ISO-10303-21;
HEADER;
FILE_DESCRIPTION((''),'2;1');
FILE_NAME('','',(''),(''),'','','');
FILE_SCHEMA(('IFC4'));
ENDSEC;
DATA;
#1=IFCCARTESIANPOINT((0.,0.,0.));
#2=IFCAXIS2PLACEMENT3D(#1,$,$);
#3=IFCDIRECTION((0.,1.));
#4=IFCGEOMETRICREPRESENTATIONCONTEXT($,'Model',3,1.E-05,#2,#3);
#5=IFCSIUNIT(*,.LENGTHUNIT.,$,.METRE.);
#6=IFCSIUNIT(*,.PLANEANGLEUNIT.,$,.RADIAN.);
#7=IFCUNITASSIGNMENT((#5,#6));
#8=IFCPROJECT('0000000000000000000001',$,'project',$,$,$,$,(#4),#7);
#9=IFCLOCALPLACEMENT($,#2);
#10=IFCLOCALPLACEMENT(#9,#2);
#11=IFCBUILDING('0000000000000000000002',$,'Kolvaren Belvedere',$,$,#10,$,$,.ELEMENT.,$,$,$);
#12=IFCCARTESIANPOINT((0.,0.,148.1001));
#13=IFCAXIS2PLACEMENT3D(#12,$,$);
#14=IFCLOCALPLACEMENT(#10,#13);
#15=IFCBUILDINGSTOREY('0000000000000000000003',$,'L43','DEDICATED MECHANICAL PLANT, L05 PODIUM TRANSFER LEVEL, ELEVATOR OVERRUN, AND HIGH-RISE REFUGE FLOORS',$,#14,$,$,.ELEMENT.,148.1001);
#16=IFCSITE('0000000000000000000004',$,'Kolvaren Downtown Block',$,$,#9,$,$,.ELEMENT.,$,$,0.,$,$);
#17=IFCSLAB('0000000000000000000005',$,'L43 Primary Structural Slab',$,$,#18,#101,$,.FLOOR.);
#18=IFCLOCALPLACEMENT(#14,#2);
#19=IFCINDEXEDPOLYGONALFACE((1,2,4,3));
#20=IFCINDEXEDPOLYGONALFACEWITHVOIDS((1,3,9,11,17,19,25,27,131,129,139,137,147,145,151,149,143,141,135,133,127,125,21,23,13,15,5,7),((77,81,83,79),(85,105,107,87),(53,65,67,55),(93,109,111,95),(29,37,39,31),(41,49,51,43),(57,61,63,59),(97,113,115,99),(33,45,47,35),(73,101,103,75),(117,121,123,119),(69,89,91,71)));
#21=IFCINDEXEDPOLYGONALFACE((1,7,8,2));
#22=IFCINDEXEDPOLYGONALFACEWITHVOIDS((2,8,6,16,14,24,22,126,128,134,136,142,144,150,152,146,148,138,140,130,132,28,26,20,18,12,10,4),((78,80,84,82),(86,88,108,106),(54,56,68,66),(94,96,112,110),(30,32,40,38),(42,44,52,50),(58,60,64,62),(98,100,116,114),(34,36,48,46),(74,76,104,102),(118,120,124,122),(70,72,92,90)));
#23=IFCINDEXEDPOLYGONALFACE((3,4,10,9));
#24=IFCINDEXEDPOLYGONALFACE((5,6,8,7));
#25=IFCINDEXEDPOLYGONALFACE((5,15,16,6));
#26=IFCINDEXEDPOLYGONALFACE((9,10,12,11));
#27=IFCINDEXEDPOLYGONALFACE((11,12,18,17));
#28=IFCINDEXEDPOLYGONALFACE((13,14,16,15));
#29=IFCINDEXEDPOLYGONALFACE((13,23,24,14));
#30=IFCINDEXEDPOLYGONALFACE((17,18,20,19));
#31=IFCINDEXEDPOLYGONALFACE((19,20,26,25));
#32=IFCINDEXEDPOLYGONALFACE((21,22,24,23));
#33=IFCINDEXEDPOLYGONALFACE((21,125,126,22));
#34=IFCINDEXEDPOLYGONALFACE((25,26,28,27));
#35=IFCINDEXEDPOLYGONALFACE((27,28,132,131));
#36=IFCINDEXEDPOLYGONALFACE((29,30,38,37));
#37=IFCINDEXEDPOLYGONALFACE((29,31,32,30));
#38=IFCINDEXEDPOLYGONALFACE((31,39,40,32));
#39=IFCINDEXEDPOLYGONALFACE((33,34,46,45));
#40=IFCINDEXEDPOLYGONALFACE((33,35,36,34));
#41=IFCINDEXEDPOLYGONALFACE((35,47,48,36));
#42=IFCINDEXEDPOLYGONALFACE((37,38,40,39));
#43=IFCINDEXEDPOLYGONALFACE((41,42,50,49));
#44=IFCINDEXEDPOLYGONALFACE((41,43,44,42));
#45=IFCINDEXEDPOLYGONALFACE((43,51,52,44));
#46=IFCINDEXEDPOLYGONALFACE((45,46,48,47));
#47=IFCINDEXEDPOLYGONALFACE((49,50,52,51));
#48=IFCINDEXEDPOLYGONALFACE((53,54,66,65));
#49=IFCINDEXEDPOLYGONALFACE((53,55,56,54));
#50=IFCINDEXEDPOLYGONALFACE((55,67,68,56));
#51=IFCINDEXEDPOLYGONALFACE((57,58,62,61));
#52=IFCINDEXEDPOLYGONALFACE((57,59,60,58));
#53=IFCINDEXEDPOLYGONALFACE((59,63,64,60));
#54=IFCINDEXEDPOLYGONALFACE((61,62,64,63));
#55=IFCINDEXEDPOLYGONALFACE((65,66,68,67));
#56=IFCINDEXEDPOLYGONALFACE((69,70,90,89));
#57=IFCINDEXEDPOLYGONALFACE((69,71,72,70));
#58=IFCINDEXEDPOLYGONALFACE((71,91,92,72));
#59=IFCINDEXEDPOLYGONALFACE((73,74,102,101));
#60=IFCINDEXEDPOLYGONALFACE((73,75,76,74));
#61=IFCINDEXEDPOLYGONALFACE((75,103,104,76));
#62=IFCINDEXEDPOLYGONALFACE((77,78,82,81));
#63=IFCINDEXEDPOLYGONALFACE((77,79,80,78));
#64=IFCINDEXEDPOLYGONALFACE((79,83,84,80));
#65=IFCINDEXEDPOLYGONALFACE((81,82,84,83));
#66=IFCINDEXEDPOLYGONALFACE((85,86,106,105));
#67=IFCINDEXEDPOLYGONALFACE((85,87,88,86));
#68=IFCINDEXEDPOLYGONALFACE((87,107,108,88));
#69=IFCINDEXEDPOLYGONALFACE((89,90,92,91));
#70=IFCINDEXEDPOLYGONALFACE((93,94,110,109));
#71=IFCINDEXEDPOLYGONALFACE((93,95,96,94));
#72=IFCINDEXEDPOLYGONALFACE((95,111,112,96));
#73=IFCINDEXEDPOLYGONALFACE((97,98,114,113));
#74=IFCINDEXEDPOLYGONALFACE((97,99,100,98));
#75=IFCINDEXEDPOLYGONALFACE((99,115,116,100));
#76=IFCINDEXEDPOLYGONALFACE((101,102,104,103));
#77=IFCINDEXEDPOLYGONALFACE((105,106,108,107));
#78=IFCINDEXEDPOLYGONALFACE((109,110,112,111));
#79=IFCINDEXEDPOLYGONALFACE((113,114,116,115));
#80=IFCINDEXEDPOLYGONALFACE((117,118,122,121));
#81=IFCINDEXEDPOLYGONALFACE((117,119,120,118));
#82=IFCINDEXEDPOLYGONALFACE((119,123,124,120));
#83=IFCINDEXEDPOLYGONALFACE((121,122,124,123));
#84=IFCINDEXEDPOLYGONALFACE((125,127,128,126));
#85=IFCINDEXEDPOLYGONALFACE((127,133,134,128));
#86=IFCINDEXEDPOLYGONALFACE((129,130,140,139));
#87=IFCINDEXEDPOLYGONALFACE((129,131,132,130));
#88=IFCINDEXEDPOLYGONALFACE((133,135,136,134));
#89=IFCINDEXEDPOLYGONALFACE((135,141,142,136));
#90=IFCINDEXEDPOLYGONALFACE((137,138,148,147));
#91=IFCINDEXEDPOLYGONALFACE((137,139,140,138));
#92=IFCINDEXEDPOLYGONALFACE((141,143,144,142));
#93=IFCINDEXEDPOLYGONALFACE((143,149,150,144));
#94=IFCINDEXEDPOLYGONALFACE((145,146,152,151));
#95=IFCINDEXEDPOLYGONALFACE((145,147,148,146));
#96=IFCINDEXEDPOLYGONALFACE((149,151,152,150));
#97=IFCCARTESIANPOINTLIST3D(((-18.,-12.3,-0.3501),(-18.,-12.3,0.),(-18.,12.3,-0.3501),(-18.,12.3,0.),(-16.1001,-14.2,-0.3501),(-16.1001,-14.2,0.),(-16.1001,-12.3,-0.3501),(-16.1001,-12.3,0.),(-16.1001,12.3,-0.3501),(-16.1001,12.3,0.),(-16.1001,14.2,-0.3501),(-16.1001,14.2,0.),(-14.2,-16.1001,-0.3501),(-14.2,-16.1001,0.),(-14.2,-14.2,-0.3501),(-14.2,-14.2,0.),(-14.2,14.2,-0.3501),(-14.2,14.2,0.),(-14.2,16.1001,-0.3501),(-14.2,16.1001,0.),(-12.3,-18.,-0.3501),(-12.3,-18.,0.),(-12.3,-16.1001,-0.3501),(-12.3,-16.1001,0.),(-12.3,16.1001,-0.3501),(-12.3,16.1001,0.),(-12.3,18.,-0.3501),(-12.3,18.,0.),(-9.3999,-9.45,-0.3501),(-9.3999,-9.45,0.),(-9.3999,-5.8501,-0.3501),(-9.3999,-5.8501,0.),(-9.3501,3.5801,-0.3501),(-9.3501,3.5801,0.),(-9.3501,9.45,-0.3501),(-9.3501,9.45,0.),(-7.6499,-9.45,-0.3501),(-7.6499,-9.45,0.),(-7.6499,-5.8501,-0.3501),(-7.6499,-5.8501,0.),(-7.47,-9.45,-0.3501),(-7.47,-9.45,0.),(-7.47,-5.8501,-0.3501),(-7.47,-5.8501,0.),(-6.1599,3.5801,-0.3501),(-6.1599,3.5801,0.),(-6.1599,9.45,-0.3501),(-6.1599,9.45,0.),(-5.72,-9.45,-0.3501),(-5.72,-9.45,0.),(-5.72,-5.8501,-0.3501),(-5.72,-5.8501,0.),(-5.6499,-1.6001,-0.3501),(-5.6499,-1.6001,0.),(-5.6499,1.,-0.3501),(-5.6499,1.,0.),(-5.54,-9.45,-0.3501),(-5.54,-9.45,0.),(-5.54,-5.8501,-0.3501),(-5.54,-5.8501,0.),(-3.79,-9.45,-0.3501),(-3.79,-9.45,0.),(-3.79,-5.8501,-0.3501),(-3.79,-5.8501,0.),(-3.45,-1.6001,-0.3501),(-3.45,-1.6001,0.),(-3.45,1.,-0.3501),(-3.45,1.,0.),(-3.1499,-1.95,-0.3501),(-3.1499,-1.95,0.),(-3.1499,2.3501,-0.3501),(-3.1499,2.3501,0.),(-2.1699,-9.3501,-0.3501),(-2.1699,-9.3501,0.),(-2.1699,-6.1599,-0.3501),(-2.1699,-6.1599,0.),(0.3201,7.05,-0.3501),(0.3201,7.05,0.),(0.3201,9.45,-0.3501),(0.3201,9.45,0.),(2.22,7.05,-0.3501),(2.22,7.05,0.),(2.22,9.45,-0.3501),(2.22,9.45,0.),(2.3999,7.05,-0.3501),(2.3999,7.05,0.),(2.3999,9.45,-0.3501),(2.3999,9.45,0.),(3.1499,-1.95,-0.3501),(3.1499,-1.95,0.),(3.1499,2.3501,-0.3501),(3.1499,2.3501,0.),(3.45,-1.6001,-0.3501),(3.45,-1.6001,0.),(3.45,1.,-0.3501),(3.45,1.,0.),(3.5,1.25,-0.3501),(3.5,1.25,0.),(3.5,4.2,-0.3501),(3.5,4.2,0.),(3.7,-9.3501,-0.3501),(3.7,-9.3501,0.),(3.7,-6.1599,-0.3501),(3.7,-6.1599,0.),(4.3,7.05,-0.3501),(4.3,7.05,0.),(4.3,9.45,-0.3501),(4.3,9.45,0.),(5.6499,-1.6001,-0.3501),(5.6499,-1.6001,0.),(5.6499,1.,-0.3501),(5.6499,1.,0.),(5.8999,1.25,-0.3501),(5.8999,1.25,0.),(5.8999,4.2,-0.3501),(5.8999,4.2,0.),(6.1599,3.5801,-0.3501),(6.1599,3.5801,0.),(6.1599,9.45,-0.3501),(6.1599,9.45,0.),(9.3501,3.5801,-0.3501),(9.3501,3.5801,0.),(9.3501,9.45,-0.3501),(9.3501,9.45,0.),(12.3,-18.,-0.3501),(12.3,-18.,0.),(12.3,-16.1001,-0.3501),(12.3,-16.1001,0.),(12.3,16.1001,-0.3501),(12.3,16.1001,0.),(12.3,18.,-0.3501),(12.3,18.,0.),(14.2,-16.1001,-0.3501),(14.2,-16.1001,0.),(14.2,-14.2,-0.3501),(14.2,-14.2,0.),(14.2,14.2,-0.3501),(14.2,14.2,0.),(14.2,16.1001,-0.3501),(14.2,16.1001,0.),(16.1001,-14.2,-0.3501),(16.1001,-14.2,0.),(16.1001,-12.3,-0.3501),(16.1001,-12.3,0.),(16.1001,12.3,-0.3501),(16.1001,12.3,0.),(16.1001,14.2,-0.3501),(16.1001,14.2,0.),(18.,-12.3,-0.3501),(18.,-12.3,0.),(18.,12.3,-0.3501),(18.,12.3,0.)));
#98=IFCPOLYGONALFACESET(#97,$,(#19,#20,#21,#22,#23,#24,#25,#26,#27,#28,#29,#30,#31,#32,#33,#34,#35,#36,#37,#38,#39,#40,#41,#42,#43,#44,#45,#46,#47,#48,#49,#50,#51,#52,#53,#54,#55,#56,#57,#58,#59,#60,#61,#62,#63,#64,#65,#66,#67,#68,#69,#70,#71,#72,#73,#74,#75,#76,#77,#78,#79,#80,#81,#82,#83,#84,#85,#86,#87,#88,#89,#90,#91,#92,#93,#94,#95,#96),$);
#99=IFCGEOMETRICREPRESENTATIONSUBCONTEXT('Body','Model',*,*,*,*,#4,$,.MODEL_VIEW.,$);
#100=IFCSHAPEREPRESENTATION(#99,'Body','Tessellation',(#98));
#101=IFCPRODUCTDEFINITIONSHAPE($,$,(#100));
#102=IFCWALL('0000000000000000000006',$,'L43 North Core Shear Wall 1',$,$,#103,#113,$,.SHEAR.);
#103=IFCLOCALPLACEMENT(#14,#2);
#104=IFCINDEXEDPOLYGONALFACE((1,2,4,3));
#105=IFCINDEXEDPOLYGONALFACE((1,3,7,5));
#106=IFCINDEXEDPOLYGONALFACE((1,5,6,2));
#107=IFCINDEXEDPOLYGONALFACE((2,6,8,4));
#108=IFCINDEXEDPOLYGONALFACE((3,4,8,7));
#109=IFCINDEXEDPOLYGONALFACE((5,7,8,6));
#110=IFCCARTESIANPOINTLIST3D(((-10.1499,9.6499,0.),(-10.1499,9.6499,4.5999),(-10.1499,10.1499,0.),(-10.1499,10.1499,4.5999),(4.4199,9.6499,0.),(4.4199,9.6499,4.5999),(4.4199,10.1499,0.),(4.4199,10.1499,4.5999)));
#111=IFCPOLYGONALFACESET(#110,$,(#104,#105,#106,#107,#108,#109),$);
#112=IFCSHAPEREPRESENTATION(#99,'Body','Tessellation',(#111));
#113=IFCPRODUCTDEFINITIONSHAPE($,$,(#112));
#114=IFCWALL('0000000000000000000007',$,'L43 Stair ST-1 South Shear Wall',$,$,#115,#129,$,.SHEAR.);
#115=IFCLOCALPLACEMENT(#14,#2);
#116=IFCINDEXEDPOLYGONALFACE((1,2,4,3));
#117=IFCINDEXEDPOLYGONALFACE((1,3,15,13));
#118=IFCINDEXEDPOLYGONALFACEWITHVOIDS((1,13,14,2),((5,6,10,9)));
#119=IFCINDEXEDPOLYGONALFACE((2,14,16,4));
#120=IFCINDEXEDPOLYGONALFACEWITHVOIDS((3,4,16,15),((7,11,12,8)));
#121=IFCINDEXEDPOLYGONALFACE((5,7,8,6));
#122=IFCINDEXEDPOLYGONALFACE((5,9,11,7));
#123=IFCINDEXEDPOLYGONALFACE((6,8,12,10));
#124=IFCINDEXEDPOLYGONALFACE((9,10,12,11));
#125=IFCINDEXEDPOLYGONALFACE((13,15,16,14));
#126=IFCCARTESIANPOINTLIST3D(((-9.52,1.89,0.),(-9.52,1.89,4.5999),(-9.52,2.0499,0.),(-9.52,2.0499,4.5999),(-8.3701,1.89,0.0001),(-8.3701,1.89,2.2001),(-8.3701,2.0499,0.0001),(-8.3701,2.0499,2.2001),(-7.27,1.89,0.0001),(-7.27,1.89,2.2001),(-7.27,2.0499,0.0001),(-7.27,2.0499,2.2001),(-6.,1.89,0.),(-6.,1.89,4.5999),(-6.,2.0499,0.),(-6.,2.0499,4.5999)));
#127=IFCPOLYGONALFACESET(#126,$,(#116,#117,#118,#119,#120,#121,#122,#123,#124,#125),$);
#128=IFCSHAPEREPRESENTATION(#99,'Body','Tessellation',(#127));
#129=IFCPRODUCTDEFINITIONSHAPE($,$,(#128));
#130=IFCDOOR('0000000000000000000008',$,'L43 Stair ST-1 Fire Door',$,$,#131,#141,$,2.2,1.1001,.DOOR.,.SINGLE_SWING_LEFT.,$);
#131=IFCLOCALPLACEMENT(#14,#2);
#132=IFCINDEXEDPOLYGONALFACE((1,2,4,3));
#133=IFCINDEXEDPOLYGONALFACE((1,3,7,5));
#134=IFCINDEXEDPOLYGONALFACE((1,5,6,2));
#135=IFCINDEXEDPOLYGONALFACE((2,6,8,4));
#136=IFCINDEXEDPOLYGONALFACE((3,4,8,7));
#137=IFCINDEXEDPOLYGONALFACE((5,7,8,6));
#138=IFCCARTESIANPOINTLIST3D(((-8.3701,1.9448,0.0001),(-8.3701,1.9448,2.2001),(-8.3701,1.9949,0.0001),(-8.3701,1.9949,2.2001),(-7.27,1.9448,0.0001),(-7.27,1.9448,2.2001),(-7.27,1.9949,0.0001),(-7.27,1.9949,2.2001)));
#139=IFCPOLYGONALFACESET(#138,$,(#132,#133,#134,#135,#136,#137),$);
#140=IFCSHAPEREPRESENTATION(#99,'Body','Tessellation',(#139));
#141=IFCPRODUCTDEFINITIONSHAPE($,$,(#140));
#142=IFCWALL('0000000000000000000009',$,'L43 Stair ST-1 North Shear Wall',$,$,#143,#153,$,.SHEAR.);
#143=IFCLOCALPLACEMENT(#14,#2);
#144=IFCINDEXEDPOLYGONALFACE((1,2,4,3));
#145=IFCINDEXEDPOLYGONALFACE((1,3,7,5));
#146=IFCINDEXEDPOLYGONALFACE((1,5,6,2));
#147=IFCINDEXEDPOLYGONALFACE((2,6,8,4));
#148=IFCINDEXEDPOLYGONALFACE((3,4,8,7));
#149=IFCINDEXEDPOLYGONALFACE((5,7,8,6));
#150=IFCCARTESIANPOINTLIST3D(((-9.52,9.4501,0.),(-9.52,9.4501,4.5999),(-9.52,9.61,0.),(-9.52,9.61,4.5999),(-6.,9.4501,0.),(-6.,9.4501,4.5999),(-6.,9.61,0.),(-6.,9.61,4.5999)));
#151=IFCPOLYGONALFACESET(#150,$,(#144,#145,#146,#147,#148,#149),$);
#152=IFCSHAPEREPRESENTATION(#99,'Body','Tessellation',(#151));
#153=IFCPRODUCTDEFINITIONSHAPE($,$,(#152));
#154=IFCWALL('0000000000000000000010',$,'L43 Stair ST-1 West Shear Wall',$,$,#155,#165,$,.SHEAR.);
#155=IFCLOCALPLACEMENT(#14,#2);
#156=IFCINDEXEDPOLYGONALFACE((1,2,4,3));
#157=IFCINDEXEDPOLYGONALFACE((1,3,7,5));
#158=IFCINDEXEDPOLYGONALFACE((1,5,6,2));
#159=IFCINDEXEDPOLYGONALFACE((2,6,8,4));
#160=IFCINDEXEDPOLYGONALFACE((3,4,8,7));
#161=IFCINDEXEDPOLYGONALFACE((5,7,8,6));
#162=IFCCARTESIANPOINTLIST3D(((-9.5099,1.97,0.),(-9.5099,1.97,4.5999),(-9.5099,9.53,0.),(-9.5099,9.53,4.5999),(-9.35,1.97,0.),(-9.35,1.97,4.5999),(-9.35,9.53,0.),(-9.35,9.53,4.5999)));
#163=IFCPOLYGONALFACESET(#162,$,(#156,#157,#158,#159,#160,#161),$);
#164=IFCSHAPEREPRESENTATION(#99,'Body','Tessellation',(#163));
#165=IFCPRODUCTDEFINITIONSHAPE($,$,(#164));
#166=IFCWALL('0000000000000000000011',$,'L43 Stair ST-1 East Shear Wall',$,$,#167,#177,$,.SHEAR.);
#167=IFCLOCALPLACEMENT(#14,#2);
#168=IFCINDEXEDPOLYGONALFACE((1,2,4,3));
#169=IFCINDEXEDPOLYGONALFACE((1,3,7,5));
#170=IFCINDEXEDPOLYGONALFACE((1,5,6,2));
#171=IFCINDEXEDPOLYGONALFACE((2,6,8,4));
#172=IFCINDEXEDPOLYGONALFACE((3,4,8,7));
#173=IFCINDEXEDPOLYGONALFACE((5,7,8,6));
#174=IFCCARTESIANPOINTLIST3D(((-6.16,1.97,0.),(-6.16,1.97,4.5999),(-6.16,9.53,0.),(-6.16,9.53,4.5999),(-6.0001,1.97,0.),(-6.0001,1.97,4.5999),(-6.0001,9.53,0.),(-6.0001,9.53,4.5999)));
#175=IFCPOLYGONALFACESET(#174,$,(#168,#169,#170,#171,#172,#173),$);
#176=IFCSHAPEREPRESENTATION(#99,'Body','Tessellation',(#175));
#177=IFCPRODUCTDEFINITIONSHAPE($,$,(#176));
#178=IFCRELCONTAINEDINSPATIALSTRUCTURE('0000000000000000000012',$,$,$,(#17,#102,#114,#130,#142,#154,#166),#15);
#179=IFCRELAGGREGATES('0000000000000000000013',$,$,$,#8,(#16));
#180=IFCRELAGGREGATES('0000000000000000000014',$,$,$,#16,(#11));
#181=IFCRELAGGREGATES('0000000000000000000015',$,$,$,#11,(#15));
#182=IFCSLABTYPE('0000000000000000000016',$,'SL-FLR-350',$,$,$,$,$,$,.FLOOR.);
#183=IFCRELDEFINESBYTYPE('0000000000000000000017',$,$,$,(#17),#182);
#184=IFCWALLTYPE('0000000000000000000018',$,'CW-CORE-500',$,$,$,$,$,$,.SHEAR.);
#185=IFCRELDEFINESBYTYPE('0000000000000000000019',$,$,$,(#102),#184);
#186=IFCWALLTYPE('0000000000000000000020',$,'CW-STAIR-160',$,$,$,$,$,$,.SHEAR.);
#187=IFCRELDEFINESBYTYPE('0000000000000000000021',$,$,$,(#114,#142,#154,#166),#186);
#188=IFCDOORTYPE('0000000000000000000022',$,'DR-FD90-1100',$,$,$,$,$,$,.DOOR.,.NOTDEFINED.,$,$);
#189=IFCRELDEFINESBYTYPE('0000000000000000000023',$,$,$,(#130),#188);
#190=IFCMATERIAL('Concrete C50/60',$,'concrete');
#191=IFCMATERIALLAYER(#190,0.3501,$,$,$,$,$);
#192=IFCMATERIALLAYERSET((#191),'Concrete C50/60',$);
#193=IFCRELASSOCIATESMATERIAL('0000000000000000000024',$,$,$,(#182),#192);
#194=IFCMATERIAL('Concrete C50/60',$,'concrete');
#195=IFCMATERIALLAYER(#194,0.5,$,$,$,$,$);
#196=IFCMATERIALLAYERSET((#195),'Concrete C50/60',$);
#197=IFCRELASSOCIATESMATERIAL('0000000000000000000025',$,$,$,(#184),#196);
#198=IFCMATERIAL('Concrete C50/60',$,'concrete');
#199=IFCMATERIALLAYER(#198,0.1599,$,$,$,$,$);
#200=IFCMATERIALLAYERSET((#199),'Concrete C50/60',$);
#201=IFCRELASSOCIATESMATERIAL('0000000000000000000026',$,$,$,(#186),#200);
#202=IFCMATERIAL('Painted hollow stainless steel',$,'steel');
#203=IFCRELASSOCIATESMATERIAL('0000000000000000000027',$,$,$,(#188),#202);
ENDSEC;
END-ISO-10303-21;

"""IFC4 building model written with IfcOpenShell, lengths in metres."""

from ifc_helpers import new_model, si_unit, direction, frame, frame_2d, origin, place, context, subcontext, project, spatial, polyline, rectangle, outline, extrude, material, layer, layer_set, type_object, element, fill, save


model = new_model("IFC4")

# Units and contexts
model_context = context("Model", 3, precision=1e-05, world=origin(), true_north=direction((0.0, 1.0)))
body_context = subcontext(model_context, "Body", "Model", "MODEL_VIEW")
ifc_project = project(units=[si_unit("LENGTHUNIT", "METRE"), si_unit("PLANEANGLEUNIT", "RADIAN")], contexts=[model_context])

# Site, building, storey
site_placement = place(None, origin())
site = spatial("IfcSite", under=ifc_project, at=site_placement, Name="Kolvaren Downtown Block", CompositionType="ELEMENT", RefElevation=0.0)
building_placement = place(site_placement, origin())
building = spatial("IfcBuilding", under=site, at=building_placement, Name="Kolvaren Belvedere", CompositionType="ELEMENT")
storey_placement = place(building_placement, frame((0.0, 0.0, 148.1001)))
storey = spatial("IfcBuildingStorey", under=building, at=storey_placement, Name="L43", Description="DEDICATED MECHANICAL PLANT, L05 PODIUM TRANSFER LEVEL, ELEVATOR OVERRUN, AND HIGH-RISE REFUGE FLOORS", CompositionType="ELEMENT", Elevation=148.1001)

# Slab
ifc_material_1 = material(Name="Concrete C50/60", Category="concrete")
ifc_layer_1 = layer(ifc_material_1, 0.3501)
ifc_layer_set_1 = layer_set([ifc_layer_1], Name="Concrete C50/60")
slab_type = type_object("IfcSlabType", Name="SL-FLR-350", PredefinedType="FLOOR", material=ifc_layer_set_1)
slab_placement = place(storey_placement, frame((0.0, 0.0, -0.3501)))
element("IfcSlab", 1, at=slab_placement, inside=storey, type_object=slab_type, Name="L43 Primary Structural Slab", PredefinedType="FLOOR", context=body_context, shape_type="SweptSolid", body=[
    extrude(outline(polyline([(-12.3, -18.0), (12.3, -18.0), (12.3, -16.1001), (14.2, -16.1001), (14.2, -14.2), (16.1001, -14.2), (16.1001, -12.3), (18.0, -12.3), (18.0, 12.3), (16.1001, 12.3), (16.1001, 14.2), (14.2, 14.2), (14.2, 16.1001), (12.3, 16.1001), (12.3, 18.0), (-12.3, 18.0), (-12.3, 16.1001), (-14.2, 16.1001), (-14.2, 14.2), (-16.1001, 14.2), (-16.1001, 12.3), (-18.0, 12.3), (-18.0, -12.3), (-16.1001, -12.3), (-16.1001, -14.2), (-14.2, -14.2), (-14.2, -16.1001), (-12.3, -16.1001), (-12.3, -18.0)]), holes=[polyline([(-9.3501, 3.5801), (-6.1599, 3.5801), (-6.1599, 9.45), (-9.3501, 9.45), (-9.3501, 3.5801)]), polyline([(6.1599, 3.5801), (9.3501, 3.5801), (9.3501, 9.45), (6.1599, 9.45), (6.1599, 3.5801)]), polyline([(-2.1699, -9.3501), (3.7, -9.3501), (3.7, -6.1599), (-2.1699, -6.1599), (-2.1699, -9.3501)]), polyline([(-5.6499, -1.6001), (-3.45, -1.6001), (-3.45, 1.0), (-5.6499, 1.0), (-5.6499, -1.6001)]), polyline([(3.5, 1.25), (5.8999, 1.25), (5.8999, 4.2), (3.5, 4.2), (3.5, 1.25)]), polyline([(3.45, -1.6001), (5.6499, -1.6001), (5.6499, 1.0), (3.45, 1.0), (3.45, -1.6001)]), polyline([(-9.3999, -9.45), (-7.6499, -9.45), (-7.6499, -5.8501), (-9.3999, -5.8501), (-9.3999, -9.45)]), polyline([(-7.47, -9.45), (-5.72, -9.45), (-5.72, -5.8501), (-7.47, -5.8501), (-7.47, -9.45)]), polyline([(-5.54, -9.45), (-3.79, -9.45), (-3.79, -5.8501), (-5.54, -5.8501), (-5.54, -9.45)]), polyline([(0.3201, 7.05), (2.22, 7.05), (2.22, 9.45), (0.3201, 9.45), (0.3201, 7.05)]), polyline([(2.3999, 7.05), (4.3, 7.05), (4.3, 9.45), (2.3999, 9.45), (2.3999, 7.05)]), polyline([(-3.1499, -1.95), (3.1499, -1.95), (3.1499, 2.3501), (-3.1499, 2.3501), (-3.1499, -1.95)])]), origin(), (0.0, 0.0, 1.0), 0.3501),
])

# Wall
ifc_material_2 = material(Name="Concrete C50/60", Category="concrete")
ifc_layer_2 = layer(ifc_material_2, 0.5)
ifc_layer_set_2 = layer_set([ifc_layer_2], Name="Concrete C50/60")
wall_type_1 = type_object("IfcWallType", Name="CW-CORE-500", PredefinedType="SHEAR", material=ifc_layer_set_2)
wall_1_placement = place(storey_placement, frame((-10.1499, 9.8999, 0.0), z_axis=(0.0, 0.0, 1.0), x_axis=(1.0, 0.0, 0.0)))
element("IfcWall", 2, at=wall_1_placement, inside=storey, type_object=wall_type_1, Name="L43 North Core Shear Wall 1", PredefinedType="SHEAR", context=body_context, shape_type="SweptSolid", body=[
    extrude(rectangle(XDim=14.5698, YDim=0.5, at=frame_2d((7.2849, 0.0))), origin(), (0.0, 0.0, 1.0), 4.5999),
])

# Wall, opening, door
ifc_material_3 = material(Name="Concrete C50/60", Category="concrete")
ifc_layer_3 = layer(ifc_material_3, 0.1599)
ifc_layer_set_3 = layer_set([ifc_layer_3], Name="Concrete C50/60")
wall_type_2 = type_object("IfcWallType", Name="CW-STAIR-160", PredefinedType="SHEAR", material=ifc_layer_set_3)
wall_2_placement = place(storey_placement, frame((-9.52, 1.97, 0.0), z_axis=(0.0, 0.0, 1.0), x_axis=(1.0, 0.0, 0.0)))
wall_2 = element("IfcWall", 3, at=wall_2_placement, inside=storey, type_object=wall_type_2, Name="L43 Stair ST-1 South Shear Wall", PredefinedType="SHEAR", context=body_context, shape_type="SweptSolid", body=[
    extrude(rectangle(XDim=3.52, YDim=0.1599, at=frame_2d((1.76, 0.0))), origin(), (0.0, 0.0, 1.0), 4.5999),
])
opening_1_placement = place(wall_2_placement, frame((1.1499, 0.0, 0.0)))
opening_1 = element("IfcOpeningElement", 4, at=opening_1_placement, cuts=wall_2, PredefinedType="OPENING", context=body_context, shape_type="SweptSolid", body=[
    extrude(rectangle(XDim=1.1001, YDim=2.2, at=frame_2d((0.55, 1.1001))), frame((0.0, 0.0898, 0.0), z_axis=(0.0, -1.0, 0.0), x_axis=(1.0, 0.0, 0.0)), (0.0, 0.0, 1.0), 0.1799),
])
ifc_material_4 = material(Name="Painted hollow stainless steel", Category="steel")
door_type_1 = type_object("IfcDoorType", Name="DR-FD90-1100", OperationType="NOTDEFINED", PredefinedType="DOOR", material=ifc_material_4)
door_1_placement = place(opening_1_placement, origin())
door_1 = element("IfcDoor", 5, at=door_1_placement, inside=storey, type_object=door_type_1, Name="L43 Stair ST-1 Fire Door", OperationType="SINGLE_SWING_LEFT", OverallHeight=2.2, OverallWidth=1.1001, PredefinedType="DOOR", context=body_context, shape_type="SweptSolid", body=[
    extrude(rectangle(XDim=1.1001, YDim=2.2, at=frame_2d((0.55, 1.1001))), frame((0.0, 0.0249, 0.0), z_axis=(0.0, -1.0, 0.0), x_axis=(1.0, 0.0, 0.0)), (0.0, 0.0, 1.0), 0.05),
])
fill(opening_1, door_1)

# Walls
wall_3_placement = place(storey_placement, frame((-9.52, 9.53, 0.0), z_axis=(0.0, 0.0, 1.0), x_axis=(1.0, 0.0, 0.0)))
element("IfcWall", 6, at=wall_3_placement, inside=storey, type_object=wall_type_2, Name="L43 Stair ST-1 North Shear Wall", PredefinedType="SHEAR", context=body_context, shape_type="SweptSolid", body=[
    extrude(rectangle(XDim=3.52, YDim=0.1599, at=frame_2d((1.76, 0.0))), origin(), (0.0, 0.0, 1.0), 4.5999),
])
for number, where, z_axis, x_axis, name in (
    (7, (-9.4299, 1.97, 0.0), (0.0, 0.0, 1.0), (0.0, 1.0, 0.0), "L43 Stair ST-1 West Shear Wall"),
    (8, (-6.0801, 1.97, 0.0), (0.0, 0.0, 1.0), (0.0, 1.0, 0.0), "L43 Stair ST-1 East Shear Wall"),
):
    element("IfcWall", number, at=place(storey_placement, frame(where, z_axis=z_axis, x_axis=x_axis)), inside=storey, type_object=wall_type_2, Name=name, PredefinedType="SHEAR", context=body_context, shape_type="SweptSolid", body=[
        extrude(rectangle(XDim=7.5601, YDim=0.1599, at=frame_2d((3.78, 0.0))), origin(), (0.0, 0.0, 1.0), 4.5999),
    ])

save(model, "model.ifc")
